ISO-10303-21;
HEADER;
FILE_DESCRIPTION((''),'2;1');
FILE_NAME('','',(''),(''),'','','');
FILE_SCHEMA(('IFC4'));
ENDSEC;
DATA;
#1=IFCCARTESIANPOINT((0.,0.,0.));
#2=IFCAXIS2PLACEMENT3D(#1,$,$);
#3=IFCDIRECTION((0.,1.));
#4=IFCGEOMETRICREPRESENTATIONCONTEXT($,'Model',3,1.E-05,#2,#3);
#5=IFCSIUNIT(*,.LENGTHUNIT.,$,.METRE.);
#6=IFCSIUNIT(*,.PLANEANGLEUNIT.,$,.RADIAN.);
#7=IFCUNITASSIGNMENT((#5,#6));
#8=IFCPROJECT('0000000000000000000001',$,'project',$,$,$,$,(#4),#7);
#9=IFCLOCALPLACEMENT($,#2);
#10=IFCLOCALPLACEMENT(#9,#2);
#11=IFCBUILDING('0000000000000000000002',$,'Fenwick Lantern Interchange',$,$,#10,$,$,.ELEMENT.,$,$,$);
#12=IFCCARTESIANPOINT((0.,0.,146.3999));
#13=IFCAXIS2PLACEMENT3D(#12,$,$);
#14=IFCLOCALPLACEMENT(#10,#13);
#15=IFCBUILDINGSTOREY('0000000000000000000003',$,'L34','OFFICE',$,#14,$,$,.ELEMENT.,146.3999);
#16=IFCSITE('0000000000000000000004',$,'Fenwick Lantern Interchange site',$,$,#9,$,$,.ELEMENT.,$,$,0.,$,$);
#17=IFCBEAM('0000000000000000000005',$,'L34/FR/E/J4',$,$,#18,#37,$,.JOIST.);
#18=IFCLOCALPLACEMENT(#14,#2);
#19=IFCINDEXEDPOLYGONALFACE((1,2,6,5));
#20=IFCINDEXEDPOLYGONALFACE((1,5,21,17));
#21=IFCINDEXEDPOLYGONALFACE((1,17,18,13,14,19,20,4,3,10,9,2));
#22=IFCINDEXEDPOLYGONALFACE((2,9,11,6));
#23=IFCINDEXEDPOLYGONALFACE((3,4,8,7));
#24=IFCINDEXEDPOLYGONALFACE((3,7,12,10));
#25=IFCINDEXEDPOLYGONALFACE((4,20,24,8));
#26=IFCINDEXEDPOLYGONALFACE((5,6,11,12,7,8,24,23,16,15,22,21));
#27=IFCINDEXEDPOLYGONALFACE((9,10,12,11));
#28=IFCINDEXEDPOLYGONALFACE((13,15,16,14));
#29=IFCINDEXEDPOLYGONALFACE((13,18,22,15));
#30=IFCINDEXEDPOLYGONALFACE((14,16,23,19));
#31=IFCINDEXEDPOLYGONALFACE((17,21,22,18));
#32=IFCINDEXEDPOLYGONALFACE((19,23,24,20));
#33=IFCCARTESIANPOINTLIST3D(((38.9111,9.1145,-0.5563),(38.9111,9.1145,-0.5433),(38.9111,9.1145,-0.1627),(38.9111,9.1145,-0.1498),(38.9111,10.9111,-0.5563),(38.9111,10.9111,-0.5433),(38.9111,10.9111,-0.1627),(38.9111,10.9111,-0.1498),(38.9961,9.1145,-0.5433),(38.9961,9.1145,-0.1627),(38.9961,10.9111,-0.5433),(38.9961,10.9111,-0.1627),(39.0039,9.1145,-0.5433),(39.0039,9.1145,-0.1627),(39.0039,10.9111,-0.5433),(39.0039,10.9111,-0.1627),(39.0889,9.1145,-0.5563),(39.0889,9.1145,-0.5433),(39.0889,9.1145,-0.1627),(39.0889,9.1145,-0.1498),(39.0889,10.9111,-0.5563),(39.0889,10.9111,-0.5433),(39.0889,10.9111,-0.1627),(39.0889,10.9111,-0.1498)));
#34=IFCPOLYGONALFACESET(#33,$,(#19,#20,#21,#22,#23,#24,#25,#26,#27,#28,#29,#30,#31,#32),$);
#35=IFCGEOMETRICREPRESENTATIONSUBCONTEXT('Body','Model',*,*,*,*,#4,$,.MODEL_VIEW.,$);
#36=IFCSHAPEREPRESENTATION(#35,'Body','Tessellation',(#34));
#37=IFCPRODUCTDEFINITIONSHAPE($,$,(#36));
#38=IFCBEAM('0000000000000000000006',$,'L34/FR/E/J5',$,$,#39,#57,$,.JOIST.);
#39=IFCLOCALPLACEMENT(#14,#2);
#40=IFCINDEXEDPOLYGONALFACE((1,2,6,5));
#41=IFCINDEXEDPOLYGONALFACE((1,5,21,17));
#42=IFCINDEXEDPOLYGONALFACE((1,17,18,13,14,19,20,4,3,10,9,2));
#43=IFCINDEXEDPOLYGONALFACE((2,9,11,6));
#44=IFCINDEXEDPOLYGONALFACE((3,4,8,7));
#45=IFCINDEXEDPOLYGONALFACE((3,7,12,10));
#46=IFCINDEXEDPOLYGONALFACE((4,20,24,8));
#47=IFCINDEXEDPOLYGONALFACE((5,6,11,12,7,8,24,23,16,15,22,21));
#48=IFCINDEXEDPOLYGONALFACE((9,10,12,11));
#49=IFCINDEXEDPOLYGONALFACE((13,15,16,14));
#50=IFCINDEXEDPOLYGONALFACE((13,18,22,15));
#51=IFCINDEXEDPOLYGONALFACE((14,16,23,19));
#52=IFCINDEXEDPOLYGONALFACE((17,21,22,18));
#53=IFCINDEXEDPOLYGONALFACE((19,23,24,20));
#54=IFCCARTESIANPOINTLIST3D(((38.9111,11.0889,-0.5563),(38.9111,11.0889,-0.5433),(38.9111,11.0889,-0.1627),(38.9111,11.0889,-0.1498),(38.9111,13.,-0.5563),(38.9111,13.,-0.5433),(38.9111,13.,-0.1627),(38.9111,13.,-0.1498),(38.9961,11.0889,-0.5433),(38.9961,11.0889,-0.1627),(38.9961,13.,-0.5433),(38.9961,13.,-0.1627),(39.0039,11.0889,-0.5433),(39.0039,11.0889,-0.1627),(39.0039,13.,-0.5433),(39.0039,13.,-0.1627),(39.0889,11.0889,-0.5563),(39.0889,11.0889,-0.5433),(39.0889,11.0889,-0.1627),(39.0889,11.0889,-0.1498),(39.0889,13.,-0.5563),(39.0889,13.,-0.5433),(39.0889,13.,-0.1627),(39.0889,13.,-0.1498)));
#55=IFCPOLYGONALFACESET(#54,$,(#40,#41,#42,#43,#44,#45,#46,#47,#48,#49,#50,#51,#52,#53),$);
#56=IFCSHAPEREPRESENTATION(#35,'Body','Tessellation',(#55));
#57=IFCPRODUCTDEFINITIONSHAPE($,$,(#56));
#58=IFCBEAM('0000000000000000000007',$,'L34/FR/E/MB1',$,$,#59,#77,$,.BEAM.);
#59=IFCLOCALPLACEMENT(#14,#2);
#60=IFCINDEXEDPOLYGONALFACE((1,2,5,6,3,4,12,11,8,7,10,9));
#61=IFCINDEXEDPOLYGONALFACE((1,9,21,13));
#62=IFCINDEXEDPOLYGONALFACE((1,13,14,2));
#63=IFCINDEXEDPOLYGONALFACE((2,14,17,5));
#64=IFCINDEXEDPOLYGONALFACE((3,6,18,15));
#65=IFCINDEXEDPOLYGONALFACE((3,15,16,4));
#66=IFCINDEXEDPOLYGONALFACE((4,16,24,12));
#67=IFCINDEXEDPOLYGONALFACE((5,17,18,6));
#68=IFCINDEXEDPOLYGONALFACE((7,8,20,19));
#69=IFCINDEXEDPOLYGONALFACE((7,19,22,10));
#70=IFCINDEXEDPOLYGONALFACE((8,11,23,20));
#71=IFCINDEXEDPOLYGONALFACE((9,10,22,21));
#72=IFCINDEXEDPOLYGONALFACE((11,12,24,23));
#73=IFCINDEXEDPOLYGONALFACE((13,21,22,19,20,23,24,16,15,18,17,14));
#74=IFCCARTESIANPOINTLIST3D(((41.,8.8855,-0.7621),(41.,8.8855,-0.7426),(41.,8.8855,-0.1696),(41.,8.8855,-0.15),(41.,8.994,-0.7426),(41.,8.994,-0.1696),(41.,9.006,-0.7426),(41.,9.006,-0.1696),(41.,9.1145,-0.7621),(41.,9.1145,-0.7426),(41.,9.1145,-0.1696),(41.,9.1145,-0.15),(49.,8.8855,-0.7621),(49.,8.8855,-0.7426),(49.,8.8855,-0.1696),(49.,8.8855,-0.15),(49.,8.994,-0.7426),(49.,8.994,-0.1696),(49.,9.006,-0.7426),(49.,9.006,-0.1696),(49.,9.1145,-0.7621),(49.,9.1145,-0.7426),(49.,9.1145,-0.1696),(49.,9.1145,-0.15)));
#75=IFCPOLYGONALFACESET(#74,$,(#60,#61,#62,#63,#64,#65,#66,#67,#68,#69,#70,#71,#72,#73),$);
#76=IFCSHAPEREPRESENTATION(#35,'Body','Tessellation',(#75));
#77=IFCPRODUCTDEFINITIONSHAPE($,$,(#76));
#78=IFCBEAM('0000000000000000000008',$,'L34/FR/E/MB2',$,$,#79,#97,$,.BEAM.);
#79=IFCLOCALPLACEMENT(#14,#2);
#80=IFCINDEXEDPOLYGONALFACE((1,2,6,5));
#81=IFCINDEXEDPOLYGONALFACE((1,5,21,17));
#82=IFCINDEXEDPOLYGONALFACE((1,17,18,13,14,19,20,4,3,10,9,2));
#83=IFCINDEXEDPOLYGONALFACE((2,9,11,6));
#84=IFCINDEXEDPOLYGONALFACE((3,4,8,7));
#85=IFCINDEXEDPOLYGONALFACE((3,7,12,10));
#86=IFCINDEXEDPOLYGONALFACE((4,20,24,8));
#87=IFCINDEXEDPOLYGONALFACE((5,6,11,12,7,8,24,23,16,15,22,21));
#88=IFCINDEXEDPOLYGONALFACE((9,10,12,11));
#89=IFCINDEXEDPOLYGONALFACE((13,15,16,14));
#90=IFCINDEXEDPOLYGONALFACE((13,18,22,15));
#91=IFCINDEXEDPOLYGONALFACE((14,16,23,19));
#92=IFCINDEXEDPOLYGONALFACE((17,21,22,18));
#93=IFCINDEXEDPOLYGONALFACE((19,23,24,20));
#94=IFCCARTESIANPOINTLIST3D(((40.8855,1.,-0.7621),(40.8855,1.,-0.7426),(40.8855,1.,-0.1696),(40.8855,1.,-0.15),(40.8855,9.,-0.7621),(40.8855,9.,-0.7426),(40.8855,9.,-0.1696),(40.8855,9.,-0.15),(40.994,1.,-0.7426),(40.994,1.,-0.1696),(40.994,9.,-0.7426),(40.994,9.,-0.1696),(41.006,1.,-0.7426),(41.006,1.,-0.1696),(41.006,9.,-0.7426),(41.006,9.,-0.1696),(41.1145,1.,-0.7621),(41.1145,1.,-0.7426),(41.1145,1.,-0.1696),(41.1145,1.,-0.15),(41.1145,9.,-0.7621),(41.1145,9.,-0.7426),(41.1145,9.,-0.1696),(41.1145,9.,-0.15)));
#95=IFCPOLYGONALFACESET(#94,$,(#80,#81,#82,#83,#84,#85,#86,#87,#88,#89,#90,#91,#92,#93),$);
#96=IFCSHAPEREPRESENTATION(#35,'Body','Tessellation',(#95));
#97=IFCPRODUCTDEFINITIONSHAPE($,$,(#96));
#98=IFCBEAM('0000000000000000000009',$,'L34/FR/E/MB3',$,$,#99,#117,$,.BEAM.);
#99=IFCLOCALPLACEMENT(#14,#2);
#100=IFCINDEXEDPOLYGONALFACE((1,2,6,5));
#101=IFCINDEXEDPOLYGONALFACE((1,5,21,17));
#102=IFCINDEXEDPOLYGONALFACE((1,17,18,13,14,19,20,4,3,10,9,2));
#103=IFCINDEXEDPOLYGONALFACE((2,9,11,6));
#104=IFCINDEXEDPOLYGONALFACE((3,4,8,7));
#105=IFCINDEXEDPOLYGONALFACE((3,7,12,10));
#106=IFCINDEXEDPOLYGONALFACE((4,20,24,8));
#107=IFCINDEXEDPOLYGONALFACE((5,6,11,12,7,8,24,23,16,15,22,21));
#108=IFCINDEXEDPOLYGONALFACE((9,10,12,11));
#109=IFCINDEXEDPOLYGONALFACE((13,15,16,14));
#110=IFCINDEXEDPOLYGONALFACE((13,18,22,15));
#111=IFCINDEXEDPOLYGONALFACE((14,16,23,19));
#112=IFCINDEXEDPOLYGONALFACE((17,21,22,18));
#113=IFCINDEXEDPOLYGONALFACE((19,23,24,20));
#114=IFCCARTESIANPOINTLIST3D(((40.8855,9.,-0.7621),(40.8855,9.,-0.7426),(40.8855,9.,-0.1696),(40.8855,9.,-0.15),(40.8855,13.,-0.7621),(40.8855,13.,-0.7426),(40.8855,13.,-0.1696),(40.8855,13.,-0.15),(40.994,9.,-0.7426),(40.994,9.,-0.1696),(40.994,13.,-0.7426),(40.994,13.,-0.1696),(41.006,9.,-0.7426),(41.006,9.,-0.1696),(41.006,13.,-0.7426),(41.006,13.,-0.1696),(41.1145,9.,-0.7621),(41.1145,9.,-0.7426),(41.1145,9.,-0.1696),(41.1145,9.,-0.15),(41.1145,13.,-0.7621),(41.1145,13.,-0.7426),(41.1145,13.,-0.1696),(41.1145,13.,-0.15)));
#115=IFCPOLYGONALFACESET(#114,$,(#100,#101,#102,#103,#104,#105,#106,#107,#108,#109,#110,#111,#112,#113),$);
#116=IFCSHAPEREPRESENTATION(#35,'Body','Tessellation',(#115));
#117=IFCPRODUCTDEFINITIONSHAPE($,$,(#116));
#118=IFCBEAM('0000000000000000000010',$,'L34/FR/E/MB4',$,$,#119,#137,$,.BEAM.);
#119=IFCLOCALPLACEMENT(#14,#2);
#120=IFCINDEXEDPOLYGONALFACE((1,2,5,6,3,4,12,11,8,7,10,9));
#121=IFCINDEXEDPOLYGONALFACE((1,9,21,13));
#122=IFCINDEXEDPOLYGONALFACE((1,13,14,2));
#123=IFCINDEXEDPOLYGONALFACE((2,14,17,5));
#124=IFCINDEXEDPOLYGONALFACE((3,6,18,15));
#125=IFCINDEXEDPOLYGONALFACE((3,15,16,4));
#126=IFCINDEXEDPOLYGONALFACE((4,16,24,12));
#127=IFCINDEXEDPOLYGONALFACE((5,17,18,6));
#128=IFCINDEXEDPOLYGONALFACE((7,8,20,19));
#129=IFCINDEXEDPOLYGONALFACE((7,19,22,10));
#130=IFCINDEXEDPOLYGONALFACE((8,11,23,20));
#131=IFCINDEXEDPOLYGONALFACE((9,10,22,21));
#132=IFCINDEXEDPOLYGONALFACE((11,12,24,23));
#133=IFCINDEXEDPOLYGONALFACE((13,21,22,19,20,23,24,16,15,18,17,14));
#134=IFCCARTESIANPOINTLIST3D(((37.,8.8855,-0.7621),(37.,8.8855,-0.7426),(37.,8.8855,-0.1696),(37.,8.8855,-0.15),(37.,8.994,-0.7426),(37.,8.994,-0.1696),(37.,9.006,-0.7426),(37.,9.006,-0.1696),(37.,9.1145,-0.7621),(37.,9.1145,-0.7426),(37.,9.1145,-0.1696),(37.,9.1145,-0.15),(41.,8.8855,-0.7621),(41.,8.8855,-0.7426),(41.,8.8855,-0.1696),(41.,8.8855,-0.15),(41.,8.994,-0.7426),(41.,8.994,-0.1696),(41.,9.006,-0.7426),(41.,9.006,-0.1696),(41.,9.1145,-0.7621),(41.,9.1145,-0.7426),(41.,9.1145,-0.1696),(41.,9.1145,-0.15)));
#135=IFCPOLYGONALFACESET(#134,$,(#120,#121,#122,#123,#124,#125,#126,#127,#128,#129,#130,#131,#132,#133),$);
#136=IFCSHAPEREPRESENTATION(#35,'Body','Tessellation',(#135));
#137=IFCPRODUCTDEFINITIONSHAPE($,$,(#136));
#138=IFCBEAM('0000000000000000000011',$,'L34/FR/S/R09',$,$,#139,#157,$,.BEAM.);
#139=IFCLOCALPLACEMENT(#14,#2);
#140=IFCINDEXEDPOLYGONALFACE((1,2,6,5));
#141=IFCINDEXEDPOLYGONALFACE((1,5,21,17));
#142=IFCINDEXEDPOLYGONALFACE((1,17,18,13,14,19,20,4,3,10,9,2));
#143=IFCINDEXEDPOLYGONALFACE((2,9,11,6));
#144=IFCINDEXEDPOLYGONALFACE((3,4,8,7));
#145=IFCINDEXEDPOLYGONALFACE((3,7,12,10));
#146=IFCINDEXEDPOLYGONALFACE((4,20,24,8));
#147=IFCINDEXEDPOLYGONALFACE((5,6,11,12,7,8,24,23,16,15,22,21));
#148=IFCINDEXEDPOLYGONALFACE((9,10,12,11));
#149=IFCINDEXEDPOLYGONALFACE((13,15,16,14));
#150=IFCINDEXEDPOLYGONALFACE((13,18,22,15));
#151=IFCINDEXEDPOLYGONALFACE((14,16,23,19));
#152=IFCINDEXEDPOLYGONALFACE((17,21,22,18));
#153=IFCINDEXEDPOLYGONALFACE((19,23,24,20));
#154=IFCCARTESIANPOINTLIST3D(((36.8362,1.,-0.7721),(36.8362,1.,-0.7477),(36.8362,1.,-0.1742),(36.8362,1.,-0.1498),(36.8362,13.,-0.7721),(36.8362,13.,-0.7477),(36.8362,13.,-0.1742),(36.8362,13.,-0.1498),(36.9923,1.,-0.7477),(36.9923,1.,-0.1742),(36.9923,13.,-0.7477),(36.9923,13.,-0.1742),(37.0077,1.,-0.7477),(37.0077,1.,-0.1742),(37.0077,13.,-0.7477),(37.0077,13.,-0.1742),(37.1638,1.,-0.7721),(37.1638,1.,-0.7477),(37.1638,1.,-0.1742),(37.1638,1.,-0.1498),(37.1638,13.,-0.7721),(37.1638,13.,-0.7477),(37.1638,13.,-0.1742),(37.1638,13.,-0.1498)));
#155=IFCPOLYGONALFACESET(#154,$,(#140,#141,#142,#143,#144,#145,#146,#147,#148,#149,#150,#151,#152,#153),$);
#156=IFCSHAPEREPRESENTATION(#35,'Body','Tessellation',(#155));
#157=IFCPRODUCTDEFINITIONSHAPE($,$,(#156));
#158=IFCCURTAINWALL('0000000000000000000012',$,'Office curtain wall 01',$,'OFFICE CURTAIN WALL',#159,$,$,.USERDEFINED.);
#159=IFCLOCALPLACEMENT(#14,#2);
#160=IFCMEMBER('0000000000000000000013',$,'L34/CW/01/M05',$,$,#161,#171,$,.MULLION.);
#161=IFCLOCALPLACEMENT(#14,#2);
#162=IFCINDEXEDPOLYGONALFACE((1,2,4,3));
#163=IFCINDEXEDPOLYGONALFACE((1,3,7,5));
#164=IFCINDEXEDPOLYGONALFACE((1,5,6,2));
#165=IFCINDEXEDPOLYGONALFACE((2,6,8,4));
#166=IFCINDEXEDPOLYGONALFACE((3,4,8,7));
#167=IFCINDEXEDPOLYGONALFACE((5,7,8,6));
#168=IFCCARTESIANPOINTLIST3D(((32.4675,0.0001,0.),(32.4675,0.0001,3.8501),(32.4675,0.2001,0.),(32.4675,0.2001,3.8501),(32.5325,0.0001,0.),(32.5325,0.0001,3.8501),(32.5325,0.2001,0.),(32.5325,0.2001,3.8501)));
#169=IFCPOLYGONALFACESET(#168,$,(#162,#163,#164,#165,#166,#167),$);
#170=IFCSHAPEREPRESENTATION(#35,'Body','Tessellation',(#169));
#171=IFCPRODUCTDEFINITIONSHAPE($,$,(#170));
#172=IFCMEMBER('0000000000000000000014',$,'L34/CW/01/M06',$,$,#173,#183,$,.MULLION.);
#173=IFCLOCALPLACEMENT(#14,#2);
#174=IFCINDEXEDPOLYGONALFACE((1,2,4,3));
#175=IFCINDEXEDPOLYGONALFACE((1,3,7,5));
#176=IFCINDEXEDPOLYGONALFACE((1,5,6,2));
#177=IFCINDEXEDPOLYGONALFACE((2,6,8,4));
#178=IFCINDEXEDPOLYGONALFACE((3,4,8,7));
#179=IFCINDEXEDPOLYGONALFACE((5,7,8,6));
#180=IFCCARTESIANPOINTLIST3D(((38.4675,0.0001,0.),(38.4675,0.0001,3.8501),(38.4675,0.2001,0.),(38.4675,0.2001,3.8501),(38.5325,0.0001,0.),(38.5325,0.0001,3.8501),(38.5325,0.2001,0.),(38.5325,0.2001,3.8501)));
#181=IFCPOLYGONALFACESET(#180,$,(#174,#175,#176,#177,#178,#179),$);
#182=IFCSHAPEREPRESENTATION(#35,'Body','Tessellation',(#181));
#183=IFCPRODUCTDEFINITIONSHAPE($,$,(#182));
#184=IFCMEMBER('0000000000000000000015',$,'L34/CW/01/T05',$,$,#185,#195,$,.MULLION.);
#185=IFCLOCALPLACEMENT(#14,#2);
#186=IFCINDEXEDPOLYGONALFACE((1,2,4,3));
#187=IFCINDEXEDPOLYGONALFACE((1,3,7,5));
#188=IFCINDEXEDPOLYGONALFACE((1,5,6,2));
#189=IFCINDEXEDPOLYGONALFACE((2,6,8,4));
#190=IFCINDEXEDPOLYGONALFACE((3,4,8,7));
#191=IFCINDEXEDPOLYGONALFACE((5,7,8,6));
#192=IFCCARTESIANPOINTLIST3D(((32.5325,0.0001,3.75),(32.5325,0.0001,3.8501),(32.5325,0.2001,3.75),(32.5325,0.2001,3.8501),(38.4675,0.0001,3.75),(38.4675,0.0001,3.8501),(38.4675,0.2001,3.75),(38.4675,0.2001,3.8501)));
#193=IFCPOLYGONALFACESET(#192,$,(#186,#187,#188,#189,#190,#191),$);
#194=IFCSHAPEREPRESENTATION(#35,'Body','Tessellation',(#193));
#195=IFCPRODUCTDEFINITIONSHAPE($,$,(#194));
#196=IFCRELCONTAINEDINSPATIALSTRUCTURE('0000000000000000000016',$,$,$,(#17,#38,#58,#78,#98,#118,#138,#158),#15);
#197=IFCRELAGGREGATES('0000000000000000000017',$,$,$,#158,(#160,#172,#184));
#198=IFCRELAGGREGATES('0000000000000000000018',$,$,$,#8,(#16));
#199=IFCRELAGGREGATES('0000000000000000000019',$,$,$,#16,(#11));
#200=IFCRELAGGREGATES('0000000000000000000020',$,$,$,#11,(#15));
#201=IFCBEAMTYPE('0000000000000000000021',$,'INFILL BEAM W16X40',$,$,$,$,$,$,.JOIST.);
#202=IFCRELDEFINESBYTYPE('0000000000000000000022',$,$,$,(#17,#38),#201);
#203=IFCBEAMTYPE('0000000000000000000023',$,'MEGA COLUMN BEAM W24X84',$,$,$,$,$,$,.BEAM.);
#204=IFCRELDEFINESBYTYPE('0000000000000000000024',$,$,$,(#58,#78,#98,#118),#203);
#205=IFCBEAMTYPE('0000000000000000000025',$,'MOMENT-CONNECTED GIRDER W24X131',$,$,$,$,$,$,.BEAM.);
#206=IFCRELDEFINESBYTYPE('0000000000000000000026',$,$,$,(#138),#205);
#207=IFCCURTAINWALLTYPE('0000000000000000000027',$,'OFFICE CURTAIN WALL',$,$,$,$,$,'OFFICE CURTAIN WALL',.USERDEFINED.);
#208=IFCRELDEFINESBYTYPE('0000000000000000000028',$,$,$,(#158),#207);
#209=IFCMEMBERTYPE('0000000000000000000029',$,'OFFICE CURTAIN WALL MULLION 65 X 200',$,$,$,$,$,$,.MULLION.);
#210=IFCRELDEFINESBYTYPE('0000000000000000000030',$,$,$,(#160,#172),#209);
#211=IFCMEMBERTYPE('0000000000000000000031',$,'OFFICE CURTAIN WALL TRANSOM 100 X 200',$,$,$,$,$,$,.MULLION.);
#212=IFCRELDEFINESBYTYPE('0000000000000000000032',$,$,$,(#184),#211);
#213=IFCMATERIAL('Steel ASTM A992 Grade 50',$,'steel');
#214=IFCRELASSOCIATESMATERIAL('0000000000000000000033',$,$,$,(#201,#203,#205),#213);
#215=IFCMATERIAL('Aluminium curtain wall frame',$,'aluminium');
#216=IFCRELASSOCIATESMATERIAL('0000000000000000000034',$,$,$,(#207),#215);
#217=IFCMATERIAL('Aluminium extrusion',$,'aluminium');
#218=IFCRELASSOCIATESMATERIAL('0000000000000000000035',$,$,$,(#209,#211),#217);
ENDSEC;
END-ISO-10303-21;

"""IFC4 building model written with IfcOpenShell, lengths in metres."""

from ifc_helpers import new_model, si_unit, direction, frame, origin, origin_2d, place, context, subcontext, project, spatial, rectangle, i_section, extrude, material, material_profile, profile_set, type_object, element, aggregate, save


model = new_model("IFC4")

# Units and contexts
model_context = context("Model", 3, precision=1e-05, world=origin(), true_north=direction((0.0, 1.0)))
body_context = subcontext(model_context, "Body", "Model", "MODEL_VIEW")
ifc_project = project(units=[si_unit("LENGTHUNIT", "METRE"), si_unit("PLANEANGLEUNIT", "RADIAN")], contexts=[model_context])

# Site, building, storey
site_placement = place(None, origin())
site = spatial("IfcSite", under=ifc_project, at=site_placement, Name="Fenwick Lantern Interchange site", CompositionType="ELEMENT", RefElevation=0.0)
building_placement = place(site_placement, origin())
building = spatial("IfcBuilding", under=site, at=building_placement, Name="Fenwick Lantern Interchange", CompositionType="ELEMENT")
storey_placement = place(building_placement, frame((0.0, 0.0, 146.3999)))
storey = spatial("IfcBuildingStorey", under=building, at=storey_placement, Name="L34", Description="OFFICE", CompositionType="ELEMENT", Elevation=146.3999)

# Beams
ifc_material_1 = material(Name="Steel ASTM A992 Grade 50", Category="steel")
ifc_material_profile_1 = material_profile(ifc_material_1, i_section(OverallWidth=0.1777, OverallDepth=0.4065, WebThickness=0.0078, FlangeThickness=0.0129, at=origin_2d()), Name="W16X40")
ifc_profile_set_1 = profile_set([ifc_material_profile_1], Name="Steel ASTM A992 Grade 50")
beam_type_1 = type_object("IfcBeamType", Name="INFILL BEAM W16X40", PredefinedType="JOIST", material=ifc_profile_set_1)
beam_1_placement = place(storey_placement, frame((39.0, 9.1145, -0.353), z_axis=(0.0, 1.0, 0.0), x_axis=(-1.0, 0.0, 0.0)))
element("IfcBeam", 1, at=beam_1_placement, inside=storey, type_object=beam_type_1, Name="L34/FR/E/J4", PredefinedType="JOIST", context=body_context, shape_type="SweptSolid", body=[
    extrude(i_section(OverallWidth=0.1777, OverallDepth=0.4065, WebThickness=0.0078, FlangeThickness=0.0129, at=origin_2d()), origin(), (0.0, 0.0, 1.0), 1.7966),
])
beam_2_placement = place(storey_placement, frame((39.0, 11.0889, -0.353), z_axis=(0.0, 1.0, 0.0), x_axis=(-1.0, 0.0, 0.0)))
element("IfcBeam", 2, at=beam_2_placement, inside=storey, type_object=beam_type_1, Name="L34/FR/E/J5", PredefinedType="JOIST", context=body_context, shape_type="SweptSolid", body=[
    extrude(i_section(OverallWidth=0.1777, OverallDepth=0.4065, WebThickness=0.0078, FlangeThickness=0.0129, at=origin_2d()), origin(), (0.0, 0.0, 1.0), 1.9111),
])
ifc_material_profile_2 = material_profile(ifc_material_1, i_section(OverallWidth=0.229, OverallDepth=0.6121, WebThickness=0.012, FlangeThickness=0.0195, at=origin_2d()), Name="W24X84")
ifc_profile_set_2 = profile_set([ifc_material_profile_2], Name="Steel ASTM A992 Grade 50")
beam_type_2 = type_object("IfcBeamType", Name="MEGA COLUMN BEAM W24X84", PredefinedType="BEAM", material=ifc_profile_set_2)
for number, where, z_axis, x_axis, name in (
    (3, (41.0, 9.0, -0.4561), (1.0, 0.0, 0.0), (0.0, 1.0, 0.0), "L34/FR/E/MB1"),
    (4, (41.0, 9.0, -0.4561), (0.0, -1.0, 0.0), (1.0, 0.0, 0.0), "L34/FR/E/MB2"),
):
    element("IfcBeam", number, at=place(storey_placement, frame(where, z_axis=z_axis, x_axis=x_axis)), inside=storey, type_object=beam_type_2, Name=name, PredefinedType="BEAM", context=body_context, shape_type="SweptSolid", body=[
        extrude(i_section(OverallWidth=0.229, OverallDepth=0.6121, WebThickness=0.012, FlangeThickness=0.0195, at=origin_2d()), origin(), (0.0, 0.0, 1.0), 8.0),
    ])
for number, where, z_axis, x_axis, name in (
    (5, (41.0, 9.0, -0.4561), (0.0, 1.0, 0.0), (-1.0, 0.0, 0.0), "L34/FR/E/MB3"),
    (6, (41.0, 9.0, -0.4561), (-1.0, 0.0, 0.0), (0.0, -1.0, 0.0), "L34/FR/E/MB4"),
):
    element("IfcBeam", number, at=place(storey_placement, frame(where, z_axis=z_axis, x_axis=x_axis)), inside=storey, type_object=beam_type_2, Name=name, PredefinedType="BEAM", context=body_context, shape_type="SweptSolid", body=[
        extrude(i_section(OverallWidth=0.229, OverallDepth=0.6121, WebThickness=0.012, FlangeThickness=0.0195, at=origin_2d()), origin(), (0.0, 0.0, 1.0), 4.0),
    ])
ifc_material_profile_3 = material_profile(ifc_material_1, i_section(OverallWidth=0.3276, OverallDepth=0.6223, WebThickness=0.0154, FlangeThickness=0.0244, at=origin_2d()), Name="W24X131")
ifc_profile_set_3 = profile_set([ifc_material_profile_3], Name="Steel ASTM A992 Grade 50")
beam_type_3 = type_object("IfcBeamType", Name="MOMENT-CONNECTED GIRDER W24X131", PredefinedType="BEAM", material=ifc_profile_set_3)
beam_3_placement = place(storey_placement, frame((37.0, 1.0, -0.4609), z_axis=(0.0, 1.0, 0.0), x_axis=(-1.0, 0.0, 0.0)))
element("IfcBeam", 7, at=beam_3_placement, inside=storey, type_object=beam_type_3, Name="L34/FR/S/R09", PredefinedType="BEAM", context=body_context, shape_type="SweptSolid", body=[
    extrude(i_section(OverallWidth=0.3276, OverallDepth=0.6223, WebThickness=0.0154, FlangeThickness=0.0244, at=origin_2d()), origin(), (0.0, 0.0, 1.0), 12.0),
])

# Curtain wall, members
ifc_material_2 = material(Name="Aluminium curtain wall frame", Category="aluminium")
curtain_wall_type = type_object("IfcCurtainWallType", Name="OFFICE CURTAIN WALL", ElementType="OFFICE CURTAIN WALL", PredefinedType="USERDEFINED", material=ifc_material_2)
curtain_wall_placement = place(storey_placement, origin())
curtain_wall = element("IfcCurtainWall", 8, at=curtain_wall_placement, inside=storey, type_object=curtain_wall_type, Name="Office curtain wall 01", ObjectType="OFFICE CURTAIN WALL", PredefinedType="USERDEFINED")
ifc_material_3 = material(Name="Aluminium extrusion", Category="aluminium")
ifc_material_profile_4 = material_profile(ifc_material_3, rectangle(XDim=0.2, YDim=0.0649, at=origin_2d()), Name="OFFICE CURTAIN WALL MULLION 65 X 200")
ifc_profile_set_4 = profile_set([ifc_material_profile_4], Name="Aluminium extrusion")
member_type_1 = type_object("IfcMemberType", Name="OFFICE CURTAIN WALL MULLION 65 X 200", PredefinedType="MULLION", material=ifc_profile_set_4)
member_1_placement = place(storey_placement, frame((32.5, 0.1001, 0.0), z_axis=(0.0, 0.0, 1.0), x_axis=(0.0, 1.0, 0.0)))
member_1 = element("IfcMember", 9, at=member_1_placement, type_object=member_type_1, Name="L34/CW/01/M05", PredefinedType="MULLION", context=body_context, shape_type="SweptSolid", body=[
    extrude(rectangle(XDim=0.2, YDim=0.0649, at=origin_2d()), origin(), (0.0, 0.0, 1.0), 3.8501),
])
member_2_placement = place(storey_placement, frame((38.5, 0.1001, 0.0), z_axis=(0.0, 0.0, 1.0), x_axis=(0.0, 1.0, 0.0)))
member_2 = element("IfcMember", 10, at=member_2_placement, type_object=member_type_1, Name="L34/CW/01/M06", PredefinedType="MULLION", context=body_context, shape_type="SweptSolid", body=[
    extrude(rectangle(XDim=0.2, YDim=0.0649, at=origin_2d()), origin(), (0.0, 0.0, 1.0), 3.8501),
])
ifc_material_profile_5 = material_profile(ifc_material_3, rectangle(XDim=0.2, YDim=0.1001, at=origin_2d()), Name="OFFICE CURTAIN WALL TRANSOM 100 X 200")
ifc_profile_set_5 = profile_set([ifc_material_profile_5], Name="Aluminium extrusion")
member_type_2 = type_object("IfcMemberType", Name="OFFICE CURTAIN WALL TRANSOM 100 X 200", PredefinedType="MULLION", material=ifc_profile_set_5)
member_3_placement = place(storey_placement, frame((32.5325, 0.1001, 3.8), z_axis=(1.0, 0.0, 0.0), x_axis=(0.0, 1.0, 0.0)))
member_3 = element("IfcMember", 11, at=member_3_placement, type_object=member_type_2, Name="L34/CW/01/T05", PredefinedType="MULLION", context=body_context, shape_type="SweptSolid", body=[
    extrude(rectangle(XDim=0.2, YDim=0.1001, at=origin_2d()), origin(), (0.0, 0.0, 1.0), 5.9351),
])
aggregate(curtain_wall, [member_1, member_2, member_3])

save(model, "model.ifc")
